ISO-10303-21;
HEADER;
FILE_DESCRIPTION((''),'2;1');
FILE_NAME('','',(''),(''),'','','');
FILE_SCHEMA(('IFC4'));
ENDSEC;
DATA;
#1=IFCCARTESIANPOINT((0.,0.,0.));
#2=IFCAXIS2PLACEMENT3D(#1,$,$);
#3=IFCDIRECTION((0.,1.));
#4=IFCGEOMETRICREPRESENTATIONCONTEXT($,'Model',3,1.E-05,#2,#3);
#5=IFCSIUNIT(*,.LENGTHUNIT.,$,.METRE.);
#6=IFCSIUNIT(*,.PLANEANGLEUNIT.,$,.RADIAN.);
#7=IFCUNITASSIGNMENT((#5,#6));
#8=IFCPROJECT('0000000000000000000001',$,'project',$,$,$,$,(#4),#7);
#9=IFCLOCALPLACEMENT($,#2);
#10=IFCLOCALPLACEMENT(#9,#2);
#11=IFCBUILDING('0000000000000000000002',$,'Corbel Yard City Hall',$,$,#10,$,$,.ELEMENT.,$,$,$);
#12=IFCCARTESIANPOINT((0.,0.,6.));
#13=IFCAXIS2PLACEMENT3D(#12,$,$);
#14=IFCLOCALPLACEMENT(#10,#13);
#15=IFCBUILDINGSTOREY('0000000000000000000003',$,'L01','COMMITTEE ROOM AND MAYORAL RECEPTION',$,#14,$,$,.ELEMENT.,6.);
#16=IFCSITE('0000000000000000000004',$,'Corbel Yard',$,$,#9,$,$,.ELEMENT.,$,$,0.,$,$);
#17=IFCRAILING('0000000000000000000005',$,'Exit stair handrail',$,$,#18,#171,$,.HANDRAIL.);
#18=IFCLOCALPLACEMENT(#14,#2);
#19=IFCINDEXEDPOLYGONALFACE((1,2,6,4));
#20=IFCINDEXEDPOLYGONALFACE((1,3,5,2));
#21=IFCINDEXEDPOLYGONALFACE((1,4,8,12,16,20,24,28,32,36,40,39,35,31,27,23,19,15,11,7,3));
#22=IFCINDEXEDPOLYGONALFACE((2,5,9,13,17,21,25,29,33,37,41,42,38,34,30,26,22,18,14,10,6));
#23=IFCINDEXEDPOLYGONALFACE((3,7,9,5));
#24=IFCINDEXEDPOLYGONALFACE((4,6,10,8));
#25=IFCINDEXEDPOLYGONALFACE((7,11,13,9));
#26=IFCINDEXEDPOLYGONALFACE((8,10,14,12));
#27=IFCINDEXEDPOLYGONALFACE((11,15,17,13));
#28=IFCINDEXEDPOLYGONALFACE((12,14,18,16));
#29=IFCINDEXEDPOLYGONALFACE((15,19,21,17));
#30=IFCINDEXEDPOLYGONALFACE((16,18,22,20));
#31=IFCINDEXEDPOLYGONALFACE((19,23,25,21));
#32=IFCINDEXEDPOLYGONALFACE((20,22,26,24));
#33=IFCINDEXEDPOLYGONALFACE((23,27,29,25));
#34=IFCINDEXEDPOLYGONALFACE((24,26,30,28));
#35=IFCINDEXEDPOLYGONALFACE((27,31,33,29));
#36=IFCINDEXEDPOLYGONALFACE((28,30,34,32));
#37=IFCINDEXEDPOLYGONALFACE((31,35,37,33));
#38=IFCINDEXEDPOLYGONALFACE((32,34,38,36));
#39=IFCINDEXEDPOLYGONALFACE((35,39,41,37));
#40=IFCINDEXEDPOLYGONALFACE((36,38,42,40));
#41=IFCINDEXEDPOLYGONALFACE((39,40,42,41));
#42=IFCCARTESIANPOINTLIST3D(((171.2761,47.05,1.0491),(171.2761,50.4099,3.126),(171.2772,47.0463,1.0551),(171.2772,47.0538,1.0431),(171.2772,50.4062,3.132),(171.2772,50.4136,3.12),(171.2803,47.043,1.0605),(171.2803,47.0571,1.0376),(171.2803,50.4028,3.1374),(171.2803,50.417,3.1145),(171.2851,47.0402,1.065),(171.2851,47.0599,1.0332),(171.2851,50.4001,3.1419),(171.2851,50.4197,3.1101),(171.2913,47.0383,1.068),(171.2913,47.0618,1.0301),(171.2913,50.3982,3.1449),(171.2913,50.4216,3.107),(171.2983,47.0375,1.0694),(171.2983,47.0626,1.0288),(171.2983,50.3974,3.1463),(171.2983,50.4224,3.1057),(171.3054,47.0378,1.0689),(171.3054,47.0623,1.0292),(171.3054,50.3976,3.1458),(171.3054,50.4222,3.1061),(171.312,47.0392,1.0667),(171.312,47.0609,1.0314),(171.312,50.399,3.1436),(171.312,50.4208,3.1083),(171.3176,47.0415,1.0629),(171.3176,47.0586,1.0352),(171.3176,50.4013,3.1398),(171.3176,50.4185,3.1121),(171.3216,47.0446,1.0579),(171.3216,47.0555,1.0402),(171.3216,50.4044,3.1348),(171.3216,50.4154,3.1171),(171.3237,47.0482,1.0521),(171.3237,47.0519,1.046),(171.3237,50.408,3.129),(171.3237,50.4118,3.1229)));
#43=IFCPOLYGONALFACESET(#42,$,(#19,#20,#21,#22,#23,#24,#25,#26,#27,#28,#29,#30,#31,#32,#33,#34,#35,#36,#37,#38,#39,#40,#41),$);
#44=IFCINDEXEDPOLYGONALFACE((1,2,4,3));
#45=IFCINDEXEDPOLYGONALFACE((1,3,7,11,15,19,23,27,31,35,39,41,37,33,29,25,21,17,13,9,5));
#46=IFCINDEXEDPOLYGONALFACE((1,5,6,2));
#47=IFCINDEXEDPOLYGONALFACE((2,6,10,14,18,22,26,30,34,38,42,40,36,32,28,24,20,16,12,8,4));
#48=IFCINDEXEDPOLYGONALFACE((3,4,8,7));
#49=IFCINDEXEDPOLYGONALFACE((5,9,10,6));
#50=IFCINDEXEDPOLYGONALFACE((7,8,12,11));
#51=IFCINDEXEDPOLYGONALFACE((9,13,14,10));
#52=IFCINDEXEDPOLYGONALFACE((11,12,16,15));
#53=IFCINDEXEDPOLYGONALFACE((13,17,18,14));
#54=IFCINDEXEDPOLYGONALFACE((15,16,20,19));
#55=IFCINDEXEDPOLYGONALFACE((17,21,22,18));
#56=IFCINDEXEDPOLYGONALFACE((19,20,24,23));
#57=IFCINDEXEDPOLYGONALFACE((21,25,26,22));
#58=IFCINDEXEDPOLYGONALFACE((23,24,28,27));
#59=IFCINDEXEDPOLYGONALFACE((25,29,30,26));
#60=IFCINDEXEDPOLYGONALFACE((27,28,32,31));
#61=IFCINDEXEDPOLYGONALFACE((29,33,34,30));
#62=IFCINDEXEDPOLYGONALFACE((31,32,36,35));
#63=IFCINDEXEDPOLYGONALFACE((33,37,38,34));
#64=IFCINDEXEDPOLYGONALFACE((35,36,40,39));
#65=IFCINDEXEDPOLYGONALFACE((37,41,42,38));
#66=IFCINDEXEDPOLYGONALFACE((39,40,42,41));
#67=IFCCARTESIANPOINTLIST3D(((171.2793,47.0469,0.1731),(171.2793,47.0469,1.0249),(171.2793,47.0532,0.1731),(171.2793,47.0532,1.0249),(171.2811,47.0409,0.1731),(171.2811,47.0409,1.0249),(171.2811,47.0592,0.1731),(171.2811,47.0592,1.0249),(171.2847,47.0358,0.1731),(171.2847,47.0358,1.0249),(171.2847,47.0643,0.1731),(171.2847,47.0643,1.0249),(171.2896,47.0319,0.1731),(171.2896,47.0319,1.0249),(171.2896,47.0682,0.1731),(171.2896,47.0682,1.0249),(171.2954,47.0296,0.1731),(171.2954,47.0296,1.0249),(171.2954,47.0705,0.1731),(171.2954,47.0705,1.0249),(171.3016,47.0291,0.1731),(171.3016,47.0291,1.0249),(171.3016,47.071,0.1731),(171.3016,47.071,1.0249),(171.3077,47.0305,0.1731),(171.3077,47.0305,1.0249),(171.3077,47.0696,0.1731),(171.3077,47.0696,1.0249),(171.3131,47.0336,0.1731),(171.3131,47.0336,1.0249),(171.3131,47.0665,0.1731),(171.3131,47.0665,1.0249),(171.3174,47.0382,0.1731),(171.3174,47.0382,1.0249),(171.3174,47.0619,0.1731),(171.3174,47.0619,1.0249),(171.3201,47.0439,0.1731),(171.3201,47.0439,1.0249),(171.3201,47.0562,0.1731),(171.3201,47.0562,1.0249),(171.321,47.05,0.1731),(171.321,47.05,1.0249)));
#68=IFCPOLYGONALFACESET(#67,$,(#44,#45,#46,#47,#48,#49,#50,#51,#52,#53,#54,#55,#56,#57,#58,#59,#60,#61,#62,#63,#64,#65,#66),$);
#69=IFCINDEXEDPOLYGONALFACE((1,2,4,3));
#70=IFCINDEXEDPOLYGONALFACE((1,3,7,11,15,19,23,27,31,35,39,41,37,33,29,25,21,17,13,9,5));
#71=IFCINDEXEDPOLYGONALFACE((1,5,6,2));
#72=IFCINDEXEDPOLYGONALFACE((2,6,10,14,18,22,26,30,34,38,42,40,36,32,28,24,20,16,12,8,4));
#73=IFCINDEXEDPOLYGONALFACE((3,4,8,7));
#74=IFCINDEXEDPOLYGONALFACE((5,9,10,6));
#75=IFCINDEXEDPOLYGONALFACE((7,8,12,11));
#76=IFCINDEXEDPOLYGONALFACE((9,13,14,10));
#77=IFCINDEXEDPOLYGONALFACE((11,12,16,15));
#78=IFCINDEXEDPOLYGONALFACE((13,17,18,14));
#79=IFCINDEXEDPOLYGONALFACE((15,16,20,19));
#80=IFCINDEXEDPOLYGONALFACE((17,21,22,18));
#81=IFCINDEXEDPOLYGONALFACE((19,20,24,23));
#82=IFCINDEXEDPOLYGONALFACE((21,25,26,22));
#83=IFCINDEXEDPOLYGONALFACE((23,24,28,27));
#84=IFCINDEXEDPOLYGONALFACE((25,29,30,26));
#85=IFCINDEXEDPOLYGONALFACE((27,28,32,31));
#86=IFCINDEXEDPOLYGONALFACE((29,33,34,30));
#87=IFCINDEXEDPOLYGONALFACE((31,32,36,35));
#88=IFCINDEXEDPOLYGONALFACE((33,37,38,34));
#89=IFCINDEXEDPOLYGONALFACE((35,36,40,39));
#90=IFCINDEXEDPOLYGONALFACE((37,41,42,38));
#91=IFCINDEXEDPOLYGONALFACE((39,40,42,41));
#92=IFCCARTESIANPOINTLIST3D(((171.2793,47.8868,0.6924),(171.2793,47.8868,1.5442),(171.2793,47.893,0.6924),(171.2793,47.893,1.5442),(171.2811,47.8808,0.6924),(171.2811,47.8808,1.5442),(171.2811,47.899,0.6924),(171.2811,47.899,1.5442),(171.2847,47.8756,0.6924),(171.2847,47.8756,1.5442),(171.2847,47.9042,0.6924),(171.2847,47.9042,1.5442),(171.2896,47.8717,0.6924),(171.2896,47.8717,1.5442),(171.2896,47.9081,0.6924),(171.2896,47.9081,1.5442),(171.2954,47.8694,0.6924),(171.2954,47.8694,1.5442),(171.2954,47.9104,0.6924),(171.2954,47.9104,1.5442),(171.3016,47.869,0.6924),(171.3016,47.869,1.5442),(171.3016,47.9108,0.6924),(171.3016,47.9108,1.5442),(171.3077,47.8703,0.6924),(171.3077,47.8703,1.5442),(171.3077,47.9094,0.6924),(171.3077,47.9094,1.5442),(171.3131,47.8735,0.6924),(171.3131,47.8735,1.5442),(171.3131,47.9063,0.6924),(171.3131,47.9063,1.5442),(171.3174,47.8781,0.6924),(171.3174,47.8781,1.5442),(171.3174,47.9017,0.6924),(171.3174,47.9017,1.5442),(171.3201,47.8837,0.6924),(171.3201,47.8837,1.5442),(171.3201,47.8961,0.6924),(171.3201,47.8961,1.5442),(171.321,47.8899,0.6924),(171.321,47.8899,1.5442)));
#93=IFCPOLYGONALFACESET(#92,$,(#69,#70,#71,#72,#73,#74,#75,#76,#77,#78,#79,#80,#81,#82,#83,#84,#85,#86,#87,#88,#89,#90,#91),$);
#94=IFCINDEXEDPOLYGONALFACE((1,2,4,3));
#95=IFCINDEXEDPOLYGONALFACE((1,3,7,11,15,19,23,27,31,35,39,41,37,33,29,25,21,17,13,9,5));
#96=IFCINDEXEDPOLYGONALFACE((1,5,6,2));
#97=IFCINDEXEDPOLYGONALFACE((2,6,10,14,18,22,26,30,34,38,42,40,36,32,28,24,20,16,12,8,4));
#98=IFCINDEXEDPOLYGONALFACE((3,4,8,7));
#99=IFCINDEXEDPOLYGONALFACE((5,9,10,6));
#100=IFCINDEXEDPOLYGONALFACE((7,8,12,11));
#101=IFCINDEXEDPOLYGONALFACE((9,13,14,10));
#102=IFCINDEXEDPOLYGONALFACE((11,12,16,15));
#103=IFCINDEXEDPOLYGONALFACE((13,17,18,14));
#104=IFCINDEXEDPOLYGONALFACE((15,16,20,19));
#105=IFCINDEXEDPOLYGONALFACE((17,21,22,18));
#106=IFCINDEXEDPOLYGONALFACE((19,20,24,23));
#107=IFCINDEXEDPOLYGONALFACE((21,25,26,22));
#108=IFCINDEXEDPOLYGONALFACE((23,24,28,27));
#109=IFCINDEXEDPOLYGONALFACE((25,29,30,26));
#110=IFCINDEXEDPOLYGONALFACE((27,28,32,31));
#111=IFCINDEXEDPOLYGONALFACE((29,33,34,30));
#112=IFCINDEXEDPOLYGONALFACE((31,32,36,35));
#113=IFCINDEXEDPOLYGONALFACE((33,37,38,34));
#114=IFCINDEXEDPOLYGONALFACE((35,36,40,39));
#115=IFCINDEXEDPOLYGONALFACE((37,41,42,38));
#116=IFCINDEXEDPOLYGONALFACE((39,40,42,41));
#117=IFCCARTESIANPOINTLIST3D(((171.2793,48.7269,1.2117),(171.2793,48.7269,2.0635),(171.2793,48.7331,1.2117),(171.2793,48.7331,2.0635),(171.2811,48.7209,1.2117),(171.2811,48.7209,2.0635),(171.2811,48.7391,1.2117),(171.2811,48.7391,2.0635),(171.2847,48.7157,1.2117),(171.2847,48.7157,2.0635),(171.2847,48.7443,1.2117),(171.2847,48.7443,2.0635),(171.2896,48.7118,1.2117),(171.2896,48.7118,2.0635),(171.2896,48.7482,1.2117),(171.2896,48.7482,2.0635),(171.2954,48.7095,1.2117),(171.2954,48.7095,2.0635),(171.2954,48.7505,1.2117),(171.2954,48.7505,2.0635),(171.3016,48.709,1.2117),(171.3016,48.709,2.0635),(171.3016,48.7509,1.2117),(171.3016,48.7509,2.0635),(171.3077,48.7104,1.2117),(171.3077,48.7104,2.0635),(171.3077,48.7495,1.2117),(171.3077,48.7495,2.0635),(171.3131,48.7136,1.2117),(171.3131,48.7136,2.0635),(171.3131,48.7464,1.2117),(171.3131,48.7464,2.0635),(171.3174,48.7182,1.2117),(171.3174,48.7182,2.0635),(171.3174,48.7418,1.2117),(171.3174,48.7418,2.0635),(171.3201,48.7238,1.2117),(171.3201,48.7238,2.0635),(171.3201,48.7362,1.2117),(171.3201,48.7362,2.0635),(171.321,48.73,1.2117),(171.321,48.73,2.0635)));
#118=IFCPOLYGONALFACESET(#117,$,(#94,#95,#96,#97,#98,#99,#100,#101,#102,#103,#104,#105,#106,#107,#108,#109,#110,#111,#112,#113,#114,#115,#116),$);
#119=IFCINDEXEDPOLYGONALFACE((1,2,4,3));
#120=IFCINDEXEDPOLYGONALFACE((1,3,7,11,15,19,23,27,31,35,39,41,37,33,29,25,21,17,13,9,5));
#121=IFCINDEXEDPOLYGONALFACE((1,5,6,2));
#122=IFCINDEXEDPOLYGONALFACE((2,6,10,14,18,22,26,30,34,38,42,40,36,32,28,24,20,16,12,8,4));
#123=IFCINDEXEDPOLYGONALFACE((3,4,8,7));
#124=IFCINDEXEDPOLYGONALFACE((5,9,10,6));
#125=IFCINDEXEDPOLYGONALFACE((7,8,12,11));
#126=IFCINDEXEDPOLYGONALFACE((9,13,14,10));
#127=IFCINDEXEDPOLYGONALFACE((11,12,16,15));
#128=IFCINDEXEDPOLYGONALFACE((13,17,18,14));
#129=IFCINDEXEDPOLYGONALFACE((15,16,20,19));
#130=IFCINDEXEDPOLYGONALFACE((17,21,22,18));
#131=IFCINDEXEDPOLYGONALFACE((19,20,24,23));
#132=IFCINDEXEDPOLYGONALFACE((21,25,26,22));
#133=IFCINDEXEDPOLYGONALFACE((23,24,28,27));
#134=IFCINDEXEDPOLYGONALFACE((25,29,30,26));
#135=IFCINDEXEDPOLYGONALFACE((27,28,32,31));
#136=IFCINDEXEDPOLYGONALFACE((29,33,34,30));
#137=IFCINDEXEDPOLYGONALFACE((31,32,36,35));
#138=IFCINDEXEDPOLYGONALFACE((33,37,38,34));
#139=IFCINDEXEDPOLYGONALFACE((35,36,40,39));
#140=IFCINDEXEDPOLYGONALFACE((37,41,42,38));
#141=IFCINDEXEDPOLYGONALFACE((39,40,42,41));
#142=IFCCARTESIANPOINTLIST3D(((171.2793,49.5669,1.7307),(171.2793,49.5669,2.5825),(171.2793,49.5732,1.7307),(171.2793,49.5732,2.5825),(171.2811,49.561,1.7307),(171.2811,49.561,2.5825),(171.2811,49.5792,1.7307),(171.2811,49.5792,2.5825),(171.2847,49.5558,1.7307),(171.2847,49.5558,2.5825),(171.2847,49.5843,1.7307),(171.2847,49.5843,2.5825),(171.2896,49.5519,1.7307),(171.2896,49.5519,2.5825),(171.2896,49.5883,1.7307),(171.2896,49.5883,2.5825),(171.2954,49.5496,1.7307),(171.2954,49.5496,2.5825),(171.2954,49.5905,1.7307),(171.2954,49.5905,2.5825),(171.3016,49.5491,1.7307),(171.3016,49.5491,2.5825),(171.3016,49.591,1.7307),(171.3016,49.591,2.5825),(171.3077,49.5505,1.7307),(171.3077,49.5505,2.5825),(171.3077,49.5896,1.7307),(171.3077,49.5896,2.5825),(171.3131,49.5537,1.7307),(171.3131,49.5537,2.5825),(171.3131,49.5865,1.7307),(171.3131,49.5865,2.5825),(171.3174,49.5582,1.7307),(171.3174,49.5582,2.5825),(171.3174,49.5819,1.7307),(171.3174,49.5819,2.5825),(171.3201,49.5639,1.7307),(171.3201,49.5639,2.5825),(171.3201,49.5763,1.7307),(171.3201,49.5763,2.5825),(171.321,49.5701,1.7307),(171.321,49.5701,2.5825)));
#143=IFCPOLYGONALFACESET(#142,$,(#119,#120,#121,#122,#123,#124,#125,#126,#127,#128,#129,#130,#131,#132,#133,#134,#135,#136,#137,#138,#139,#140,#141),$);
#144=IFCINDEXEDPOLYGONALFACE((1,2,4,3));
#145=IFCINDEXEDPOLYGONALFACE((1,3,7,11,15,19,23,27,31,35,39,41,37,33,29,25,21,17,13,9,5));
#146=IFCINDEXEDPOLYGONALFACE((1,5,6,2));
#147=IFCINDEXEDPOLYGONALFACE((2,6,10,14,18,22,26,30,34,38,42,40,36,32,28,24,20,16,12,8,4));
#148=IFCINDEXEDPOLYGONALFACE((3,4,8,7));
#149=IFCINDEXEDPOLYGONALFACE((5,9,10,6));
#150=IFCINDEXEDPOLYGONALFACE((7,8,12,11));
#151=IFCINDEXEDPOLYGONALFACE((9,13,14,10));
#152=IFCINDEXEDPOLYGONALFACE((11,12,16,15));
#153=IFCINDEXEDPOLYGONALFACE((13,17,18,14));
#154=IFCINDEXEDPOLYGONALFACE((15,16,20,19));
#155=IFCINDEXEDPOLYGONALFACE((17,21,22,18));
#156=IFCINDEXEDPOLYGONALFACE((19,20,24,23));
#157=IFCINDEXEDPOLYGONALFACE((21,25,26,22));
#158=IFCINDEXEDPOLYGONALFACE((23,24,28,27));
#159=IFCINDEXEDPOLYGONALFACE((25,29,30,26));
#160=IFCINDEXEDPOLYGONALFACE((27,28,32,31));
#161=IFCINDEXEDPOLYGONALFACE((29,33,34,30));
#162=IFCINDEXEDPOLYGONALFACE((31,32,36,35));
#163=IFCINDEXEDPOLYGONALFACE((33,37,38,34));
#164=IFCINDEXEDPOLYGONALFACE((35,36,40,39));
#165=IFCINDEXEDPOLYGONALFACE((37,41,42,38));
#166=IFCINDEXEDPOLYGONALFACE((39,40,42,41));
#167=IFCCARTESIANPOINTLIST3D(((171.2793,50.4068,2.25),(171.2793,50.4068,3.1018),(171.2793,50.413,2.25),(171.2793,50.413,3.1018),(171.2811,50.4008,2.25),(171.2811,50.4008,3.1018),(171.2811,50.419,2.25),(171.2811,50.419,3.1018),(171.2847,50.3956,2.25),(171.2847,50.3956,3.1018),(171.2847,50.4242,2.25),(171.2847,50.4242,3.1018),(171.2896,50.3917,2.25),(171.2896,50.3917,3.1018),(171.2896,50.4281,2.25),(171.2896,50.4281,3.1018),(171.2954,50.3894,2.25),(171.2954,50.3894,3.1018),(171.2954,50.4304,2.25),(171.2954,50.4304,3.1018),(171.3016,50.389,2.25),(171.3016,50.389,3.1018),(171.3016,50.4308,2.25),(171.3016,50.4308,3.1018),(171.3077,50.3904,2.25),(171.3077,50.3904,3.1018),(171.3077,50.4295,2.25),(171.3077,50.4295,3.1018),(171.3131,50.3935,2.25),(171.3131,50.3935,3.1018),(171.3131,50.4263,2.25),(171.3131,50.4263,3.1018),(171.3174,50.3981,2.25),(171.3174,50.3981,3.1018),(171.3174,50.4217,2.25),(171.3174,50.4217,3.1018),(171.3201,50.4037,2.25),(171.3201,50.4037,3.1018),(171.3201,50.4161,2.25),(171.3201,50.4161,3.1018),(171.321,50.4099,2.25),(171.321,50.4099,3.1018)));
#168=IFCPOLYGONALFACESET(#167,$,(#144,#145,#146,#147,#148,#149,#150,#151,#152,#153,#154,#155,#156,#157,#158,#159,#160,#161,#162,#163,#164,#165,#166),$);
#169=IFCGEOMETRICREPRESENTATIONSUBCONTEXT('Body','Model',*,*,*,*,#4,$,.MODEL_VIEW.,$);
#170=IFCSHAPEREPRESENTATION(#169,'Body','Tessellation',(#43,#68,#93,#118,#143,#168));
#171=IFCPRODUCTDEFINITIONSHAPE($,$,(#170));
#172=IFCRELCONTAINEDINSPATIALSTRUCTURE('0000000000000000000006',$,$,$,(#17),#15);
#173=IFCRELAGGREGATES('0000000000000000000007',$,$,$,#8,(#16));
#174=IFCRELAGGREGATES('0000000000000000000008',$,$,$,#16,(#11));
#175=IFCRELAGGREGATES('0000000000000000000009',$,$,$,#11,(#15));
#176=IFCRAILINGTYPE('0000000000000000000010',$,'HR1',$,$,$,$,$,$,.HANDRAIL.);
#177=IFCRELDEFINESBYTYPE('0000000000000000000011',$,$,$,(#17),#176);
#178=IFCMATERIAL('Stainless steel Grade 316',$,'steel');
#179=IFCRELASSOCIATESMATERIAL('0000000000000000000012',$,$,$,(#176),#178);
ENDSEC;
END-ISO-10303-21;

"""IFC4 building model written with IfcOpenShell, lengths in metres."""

from ifc_helpers import new_model, si_unit, direction, frame, origin, origin_2d, place, context, subcontext, project, spatial, circle, extrude, material, type_object, element, save


model = new_model("IFC4")

# Units and contexts
model_context = context("Model", 3, precision=1e-05, world=origin(), true_north=direction((0.0, 1.0)))
body_context = subcontext(model_context, "Body", "Model", "MODEL_VIEW")
ifc_project = project(units=[si_unit("LENGTHUNIT", "METRE"), si_unit("PLANEANGLEUNIT", "RADIAN")], contexts=[model_context])

# Site, building, storey
site_placement = place(None, origin())
site = spatial("IfcSite", under=ifc_project, at=site_placement, Name="Corbel Yard", CompositionType="ELEMENT", RefElevation=0.0)
building_placement = place(site_placement, origin())
building = spatial("IfcBuilding", under=site, at=building_placement, Name="Corbel Yard City Hall", CompositionType="ELEMENT")
storey_placement = place(building_placement, frame((0.0, 0.0, 6.0)))
storey = spatial("IfcBuildingStorey", under=building, at=storey_placement, Name="L01", Description="COMMITTEE ROOM AND MAYORAL RECEPTION", CompositionType="ELEMENT", Elevation=6.0)

# Shared definitions
ifc_material_1 = material(Name="Stainless steel Grade 316", Category="steel")

# Railing
railing_type_1 = type_object("IfcRailingType", Name="HR1", PredefinedType="HANDRAIL", material=ifc_material_1)
for number, where, name in (
    (1, (171.3, 47.05, 0.1731), "Exit stair handrail"),
):
    element("IfcRailing", number, at=place(storey_placement, frame(where)), inside=storey, type_object=railing_type_1, Name=name, PredefinedType="HANDRAIL", context=body_context, shape_type="SweptSolid", body=[
        extrude(circle(Radius=0.0239, at=origin_2d()), frame((0.0, 0.0, 0.876), z_axis=(0.0, 0.850606, 0.525803), x_axis=(-1.0, 0.0, 0.0)), (0.0, 0.0, 1.0), 3.95),
        extrude(circle(Radius=0.021, at=origin_2d()), origin(), (0.0, 0.0, 1.0), 0.8518),
        extrude(circle(Radius=0.021, at=origin_2d()), frame((0.0, 0.8398, 0.5193)), (0.0, 0.0, 1.0), 0.8518),
        extrude(circle(Radius=0.021, at=origin_2d()), frame((0.0, 1.6799, 1.0386)), (0.0, 0.0, 1.0), 0.8518),
        extrude(circle(Radius=0.021, at=origin_2d()), frame((0.0, 2.52, 1.5576)), (0.0, 0.0, 1.0), 0.8518),
        extrude(circle(Radius=0.021, at=origin_2d()), frame((0.0, 3.3599, 2.0769)), (0.0, 0.0, 1.0), 0.8518),
    ])

save(model, "model.ifc")
